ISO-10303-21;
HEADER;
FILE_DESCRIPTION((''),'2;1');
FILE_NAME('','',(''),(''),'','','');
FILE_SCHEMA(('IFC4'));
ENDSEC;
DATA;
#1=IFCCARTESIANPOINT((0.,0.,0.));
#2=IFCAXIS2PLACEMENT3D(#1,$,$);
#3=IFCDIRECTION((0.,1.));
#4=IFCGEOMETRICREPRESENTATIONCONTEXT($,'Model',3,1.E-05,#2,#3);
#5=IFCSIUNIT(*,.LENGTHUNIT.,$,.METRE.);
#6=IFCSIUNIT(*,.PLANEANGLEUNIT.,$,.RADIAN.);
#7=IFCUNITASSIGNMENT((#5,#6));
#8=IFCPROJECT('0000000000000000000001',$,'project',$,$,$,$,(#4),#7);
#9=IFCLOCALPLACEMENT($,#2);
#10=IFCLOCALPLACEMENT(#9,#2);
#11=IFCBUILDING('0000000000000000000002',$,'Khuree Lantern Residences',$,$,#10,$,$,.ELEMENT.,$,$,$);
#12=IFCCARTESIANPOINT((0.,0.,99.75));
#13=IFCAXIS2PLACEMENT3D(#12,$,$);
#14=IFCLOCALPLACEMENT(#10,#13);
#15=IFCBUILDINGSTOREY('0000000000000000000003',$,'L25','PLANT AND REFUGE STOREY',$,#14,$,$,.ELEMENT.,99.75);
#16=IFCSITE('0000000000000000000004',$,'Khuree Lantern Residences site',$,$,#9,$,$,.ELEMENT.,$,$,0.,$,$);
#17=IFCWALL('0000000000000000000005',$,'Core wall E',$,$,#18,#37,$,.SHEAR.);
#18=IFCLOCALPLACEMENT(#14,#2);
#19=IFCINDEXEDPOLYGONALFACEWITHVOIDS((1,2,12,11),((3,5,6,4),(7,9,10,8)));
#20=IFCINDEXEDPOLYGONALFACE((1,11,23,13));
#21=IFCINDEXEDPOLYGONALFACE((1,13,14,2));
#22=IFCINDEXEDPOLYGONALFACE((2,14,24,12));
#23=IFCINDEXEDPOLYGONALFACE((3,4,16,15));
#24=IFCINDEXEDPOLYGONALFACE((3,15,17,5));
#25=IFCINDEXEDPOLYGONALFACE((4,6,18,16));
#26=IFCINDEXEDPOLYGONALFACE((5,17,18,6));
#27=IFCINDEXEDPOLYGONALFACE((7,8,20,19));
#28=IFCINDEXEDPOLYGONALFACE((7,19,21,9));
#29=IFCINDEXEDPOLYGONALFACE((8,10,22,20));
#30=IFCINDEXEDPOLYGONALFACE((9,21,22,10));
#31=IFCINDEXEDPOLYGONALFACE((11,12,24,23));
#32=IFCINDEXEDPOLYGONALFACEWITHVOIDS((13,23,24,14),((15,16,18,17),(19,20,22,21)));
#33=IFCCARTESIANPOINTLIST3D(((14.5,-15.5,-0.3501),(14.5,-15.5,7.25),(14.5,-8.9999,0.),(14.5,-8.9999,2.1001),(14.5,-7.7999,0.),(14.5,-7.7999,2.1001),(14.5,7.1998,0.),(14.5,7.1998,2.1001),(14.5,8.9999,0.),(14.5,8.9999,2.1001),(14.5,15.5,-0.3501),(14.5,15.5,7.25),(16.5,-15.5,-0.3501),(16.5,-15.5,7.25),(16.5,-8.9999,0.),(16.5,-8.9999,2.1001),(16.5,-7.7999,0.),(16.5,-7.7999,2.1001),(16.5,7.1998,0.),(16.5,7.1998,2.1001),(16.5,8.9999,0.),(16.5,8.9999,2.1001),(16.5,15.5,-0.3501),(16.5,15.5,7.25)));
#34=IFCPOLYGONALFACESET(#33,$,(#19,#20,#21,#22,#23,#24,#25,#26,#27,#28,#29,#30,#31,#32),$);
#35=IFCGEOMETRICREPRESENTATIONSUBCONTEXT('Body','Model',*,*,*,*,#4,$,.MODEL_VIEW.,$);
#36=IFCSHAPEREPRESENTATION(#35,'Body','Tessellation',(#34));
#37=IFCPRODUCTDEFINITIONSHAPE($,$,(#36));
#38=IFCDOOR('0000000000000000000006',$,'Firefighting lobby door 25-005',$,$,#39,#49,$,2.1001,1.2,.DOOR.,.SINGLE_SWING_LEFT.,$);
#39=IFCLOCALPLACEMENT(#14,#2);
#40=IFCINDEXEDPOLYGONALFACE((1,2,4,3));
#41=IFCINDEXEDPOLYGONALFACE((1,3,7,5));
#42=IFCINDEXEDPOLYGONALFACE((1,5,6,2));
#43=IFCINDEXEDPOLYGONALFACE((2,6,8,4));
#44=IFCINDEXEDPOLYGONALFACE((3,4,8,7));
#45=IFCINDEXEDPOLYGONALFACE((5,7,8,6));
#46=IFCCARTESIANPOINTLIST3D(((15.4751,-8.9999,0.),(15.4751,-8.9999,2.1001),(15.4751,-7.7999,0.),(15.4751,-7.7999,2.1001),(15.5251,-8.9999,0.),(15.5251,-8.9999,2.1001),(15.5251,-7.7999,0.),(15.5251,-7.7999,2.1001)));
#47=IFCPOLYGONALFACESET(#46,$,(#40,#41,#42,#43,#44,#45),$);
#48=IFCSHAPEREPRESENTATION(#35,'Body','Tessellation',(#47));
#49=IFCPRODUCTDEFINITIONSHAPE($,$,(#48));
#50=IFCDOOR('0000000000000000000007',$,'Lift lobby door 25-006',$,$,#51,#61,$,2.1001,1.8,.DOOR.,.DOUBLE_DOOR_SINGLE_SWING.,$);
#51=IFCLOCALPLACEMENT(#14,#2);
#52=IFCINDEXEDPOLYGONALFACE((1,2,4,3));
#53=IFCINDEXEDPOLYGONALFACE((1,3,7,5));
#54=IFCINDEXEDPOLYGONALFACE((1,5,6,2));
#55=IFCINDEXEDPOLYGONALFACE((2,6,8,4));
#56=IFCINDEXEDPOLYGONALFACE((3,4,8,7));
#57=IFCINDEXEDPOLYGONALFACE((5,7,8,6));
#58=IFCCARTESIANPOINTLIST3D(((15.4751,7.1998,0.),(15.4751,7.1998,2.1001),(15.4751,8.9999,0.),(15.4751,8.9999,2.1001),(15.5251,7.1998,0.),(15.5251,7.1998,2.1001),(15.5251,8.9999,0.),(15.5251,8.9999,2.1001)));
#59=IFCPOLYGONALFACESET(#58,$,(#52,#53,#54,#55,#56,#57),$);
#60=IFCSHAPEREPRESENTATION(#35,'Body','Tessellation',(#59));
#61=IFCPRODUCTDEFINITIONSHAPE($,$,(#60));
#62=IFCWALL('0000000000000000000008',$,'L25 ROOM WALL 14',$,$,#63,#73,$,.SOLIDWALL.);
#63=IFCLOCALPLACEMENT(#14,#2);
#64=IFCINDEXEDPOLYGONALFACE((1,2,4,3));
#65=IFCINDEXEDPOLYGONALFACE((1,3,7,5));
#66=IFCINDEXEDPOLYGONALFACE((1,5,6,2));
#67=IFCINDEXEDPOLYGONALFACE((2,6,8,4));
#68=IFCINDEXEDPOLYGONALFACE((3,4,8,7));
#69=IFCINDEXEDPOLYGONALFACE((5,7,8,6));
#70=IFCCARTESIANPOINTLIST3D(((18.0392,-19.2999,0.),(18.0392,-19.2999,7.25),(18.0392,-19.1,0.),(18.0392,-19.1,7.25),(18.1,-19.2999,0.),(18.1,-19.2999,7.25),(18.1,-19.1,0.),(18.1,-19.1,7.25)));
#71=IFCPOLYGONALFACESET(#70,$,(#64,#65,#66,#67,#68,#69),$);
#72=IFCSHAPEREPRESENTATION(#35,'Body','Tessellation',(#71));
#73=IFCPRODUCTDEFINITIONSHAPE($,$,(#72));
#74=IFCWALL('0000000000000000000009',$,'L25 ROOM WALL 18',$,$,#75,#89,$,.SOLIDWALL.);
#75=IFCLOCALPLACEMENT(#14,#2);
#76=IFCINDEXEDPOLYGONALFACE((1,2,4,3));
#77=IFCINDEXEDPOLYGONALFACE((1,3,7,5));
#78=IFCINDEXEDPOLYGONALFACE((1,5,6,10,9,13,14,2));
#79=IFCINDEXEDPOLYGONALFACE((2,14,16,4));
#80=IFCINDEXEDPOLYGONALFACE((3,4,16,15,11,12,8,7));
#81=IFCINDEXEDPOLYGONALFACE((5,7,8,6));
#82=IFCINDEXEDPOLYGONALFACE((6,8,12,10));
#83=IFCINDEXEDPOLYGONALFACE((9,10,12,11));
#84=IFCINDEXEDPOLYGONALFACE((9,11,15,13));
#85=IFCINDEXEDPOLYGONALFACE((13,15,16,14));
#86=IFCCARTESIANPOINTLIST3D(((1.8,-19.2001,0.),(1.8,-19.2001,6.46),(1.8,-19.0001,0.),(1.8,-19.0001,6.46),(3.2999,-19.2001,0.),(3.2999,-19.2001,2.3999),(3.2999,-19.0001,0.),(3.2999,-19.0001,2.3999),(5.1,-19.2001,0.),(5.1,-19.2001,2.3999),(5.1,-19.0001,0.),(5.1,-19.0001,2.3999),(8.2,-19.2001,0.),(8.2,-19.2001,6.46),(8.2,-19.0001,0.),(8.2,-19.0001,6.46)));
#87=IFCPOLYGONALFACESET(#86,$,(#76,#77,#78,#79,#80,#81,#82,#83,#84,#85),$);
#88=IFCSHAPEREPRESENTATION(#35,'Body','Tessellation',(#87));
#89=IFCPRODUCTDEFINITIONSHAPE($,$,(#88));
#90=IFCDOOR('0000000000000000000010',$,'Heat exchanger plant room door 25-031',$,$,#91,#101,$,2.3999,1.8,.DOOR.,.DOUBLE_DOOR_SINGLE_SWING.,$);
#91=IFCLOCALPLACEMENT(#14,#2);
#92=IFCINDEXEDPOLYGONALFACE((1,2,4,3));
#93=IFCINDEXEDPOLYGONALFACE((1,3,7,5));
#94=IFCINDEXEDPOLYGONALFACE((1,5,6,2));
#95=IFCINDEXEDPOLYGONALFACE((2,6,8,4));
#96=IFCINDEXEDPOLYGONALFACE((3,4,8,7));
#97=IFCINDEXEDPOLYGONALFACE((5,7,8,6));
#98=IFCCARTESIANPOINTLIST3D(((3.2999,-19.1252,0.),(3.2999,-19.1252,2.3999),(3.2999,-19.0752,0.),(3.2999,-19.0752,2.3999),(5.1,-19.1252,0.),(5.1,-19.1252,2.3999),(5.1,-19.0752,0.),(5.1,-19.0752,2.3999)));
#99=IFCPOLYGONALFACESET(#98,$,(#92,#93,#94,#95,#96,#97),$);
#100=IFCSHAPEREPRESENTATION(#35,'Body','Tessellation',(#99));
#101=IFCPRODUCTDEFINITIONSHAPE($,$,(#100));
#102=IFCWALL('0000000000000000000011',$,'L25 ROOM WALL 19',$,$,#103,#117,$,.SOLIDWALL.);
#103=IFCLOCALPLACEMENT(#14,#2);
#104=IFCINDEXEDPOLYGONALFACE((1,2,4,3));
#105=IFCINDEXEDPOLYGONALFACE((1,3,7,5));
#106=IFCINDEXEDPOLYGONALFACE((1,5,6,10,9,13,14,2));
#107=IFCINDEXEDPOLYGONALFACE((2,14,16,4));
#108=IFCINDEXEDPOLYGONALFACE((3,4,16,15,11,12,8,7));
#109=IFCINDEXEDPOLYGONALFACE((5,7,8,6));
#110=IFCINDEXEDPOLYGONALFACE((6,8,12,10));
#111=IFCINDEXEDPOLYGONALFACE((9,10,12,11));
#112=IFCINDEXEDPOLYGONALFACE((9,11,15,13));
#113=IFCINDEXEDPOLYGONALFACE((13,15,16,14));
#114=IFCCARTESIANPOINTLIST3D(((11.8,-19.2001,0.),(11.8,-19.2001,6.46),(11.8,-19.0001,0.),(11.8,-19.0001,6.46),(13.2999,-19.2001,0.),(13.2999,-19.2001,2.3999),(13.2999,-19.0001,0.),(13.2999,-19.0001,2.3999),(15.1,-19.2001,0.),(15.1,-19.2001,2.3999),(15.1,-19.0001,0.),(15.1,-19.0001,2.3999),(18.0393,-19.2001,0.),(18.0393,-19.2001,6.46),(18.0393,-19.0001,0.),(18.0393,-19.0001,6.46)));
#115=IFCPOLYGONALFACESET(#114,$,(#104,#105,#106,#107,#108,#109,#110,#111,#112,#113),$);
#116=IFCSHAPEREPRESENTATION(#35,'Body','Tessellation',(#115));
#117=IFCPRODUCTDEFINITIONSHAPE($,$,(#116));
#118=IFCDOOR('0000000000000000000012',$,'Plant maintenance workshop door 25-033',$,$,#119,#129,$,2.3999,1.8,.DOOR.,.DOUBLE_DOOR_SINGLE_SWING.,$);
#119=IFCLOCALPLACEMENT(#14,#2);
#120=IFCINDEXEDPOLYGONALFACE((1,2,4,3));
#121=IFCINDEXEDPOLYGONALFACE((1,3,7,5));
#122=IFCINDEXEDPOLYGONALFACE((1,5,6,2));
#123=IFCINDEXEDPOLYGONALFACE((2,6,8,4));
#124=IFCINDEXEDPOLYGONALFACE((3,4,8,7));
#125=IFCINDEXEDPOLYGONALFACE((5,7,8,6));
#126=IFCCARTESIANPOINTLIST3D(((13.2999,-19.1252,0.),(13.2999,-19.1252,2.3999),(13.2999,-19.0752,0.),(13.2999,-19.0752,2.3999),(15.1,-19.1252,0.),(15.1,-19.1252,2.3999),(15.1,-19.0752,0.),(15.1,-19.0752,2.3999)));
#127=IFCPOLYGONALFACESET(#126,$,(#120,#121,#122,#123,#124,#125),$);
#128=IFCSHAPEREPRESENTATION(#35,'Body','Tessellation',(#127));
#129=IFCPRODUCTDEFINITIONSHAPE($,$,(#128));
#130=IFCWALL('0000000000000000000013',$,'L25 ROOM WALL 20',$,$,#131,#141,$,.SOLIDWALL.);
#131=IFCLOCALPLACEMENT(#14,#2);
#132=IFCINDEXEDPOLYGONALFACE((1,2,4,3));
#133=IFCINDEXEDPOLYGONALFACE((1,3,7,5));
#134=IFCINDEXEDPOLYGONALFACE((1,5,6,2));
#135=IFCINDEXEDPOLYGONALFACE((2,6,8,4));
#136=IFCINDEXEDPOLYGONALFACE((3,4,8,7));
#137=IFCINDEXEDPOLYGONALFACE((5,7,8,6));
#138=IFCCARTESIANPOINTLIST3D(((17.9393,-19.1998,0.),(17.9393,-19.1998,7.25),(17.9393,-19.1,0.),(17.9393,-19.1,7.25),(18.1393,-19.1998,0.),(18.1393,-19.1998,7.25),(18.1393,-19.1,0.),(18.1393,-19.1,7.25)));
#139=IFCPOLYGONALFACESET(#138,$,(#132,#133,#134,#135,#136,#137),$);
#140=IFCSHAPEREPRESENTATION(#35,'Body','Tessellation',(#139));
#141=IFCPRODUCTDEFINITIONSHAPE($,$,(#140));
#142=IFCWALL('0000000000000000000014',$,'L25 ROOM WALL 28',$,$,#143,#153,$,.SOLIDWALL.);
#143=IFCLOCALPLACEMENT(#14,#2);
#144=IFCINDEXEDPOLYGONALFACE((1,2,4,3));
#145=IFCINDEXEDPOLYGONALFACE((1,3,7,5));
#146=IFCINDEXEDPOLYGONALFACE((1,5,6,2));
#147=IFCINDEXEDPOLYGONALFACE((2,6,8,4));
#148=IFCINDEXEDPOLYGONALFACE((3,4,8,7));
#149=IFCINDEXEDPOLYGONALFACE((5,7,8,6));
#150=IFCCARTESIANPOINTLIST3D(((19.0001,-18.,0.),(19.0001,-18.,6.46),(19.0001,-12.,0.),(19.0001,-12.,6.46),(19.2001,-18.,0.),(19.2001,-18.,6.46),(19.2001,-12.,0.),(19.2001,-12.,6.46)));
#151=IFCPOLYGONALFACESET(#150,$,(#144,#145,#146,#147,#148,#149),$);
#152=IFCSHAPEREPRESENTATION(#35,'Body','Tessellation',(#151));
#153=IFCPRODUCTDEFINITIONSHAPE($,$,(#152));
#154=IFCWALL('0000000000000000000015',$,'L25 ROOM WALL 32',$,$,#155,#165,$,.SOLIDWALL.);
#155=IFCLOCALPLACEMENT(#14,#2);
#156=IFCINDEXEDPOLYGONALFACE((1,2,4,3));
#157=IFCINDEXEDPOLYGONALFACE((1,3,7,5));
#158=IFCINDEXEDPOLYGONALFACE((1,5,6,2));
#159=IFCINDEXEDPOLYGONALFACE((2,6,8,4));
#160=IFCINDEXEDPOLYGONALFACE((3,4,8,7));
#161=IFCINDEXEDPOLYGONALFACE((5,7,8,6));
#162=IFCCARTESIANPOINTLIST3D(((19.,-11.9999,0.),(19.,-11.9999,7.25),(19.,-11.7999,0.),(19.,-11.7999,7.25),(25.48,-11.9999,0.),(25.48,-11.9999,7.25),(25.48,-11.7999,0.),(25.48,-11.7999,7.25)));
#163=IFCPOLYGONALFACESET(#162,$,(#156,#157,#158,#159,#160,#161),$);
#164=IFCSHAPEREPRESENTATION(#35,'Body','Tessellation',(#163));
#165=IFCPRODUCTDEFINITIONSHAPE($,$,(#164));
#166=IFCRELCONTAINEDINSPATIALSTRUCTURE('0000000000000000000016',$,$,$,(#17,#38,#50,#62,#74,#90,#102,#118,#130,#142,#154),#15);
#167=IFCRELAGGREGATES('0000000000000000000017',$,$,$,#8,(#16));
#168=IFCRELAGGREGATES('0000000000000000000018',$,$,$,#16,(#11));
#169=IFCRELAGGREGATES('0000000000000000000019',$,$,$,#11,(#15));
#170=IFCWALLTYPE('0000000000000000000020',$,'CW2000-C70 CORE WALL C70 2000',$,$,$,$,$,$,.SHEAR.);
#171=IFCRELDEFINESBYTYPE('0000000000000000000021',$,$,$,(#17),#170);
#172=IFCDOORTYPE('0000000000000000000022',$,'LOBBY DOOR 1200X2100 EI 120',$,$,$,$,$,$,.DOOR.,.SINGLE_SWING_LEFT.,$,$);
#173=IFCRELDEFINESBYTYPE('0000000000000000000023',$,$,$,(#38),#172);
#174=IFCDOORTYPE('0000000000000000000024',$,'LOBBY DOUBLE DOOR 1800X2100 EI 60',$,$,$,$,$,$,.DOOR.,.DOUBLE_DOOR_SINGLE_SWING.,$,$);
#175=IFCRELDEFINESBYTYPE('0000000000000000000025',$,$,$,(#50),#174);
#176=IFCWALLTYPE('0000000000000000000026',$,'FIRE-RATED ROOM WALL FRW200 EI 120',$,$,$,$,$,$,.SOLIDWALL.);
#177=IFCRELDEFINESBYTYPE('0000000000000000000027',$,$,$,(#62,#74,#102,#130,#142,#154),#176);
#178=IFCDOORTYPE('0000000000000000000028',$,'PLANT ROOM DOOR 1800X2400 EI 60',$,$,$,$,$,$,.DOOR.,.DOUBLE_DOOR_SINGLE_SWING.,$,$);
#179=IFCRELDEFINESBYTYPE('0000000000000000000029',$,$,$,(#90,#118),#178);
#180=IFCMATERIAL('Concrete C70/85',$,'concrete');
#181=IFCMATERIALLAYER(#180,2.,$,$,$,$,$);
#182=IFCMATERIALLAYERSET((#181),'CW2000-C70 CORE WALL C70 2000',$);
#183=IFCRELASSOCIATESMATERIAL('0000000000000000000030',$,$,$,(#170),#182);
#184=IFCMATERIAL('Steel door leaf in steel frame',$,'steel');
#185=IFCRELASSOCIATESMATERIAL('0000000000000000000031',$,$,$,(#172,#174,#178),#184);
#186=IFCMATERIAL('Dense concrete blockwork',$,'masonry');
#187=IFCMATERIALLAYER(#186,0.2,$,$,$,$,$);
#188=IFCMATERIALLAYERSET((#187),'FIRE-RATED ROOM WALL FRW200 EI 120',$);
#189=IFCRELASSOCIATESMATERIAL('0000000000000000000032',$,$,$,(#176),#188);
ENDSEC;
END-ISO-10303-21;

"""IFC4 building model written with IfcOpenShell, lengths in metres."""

from ifc_helpers import new_model, si_unit, direction, frame, frame_2d, origin, place, context, subcontext, project, spatial, rectangle, extrude, material, layer, layer_set, type_object, element, fill, save


model = new_model("IFC4")

# Units and contexts
model_context = context("Model", 3, precision=1e-05, world=origin(), true_north=direction((0.0, 1.0)))
body_context = subcontext(model_context, "Body", "Model", "MODEL_VIEW")
ifc_project = project(units=[si_unit("LENGTHUNIT", "METRE"), si_unit("PLANEANGLEUNIT", "RADIAN")], contexts=[model_context])

# Site, building, storey
site_placement = place(None, origin())
site = spatial("IfcSite", under=ifc_project, at=site_placement, Name="Khuree Lantern Residences site", CompositionType="ELEMENT", RefElevation=0.0)
building_placement = place(site_placement, origin())
building = spatial("IfcBuilding", under=site, at=building_placement, Name="Khuree Lantern Residences", CompositionType="ELEMENT")
storey_placement = place(building_placement, frame((0.0, 0.0, 99.75)))
storey = spatial("IfcBuildingStorey", under=building, at=storey_placement, Name="L25", Description="PLANT AND REFUGE STOREY", CompositionType="ELEMENT", Elevation=99.75)

# Shared definitions
ifc_material_1 = material(Name="Concrete C70/85", Category="concrete")

# Shared definitions
ifc_material_2 = material(Name="Dense concrete blockwork", Category="masonry")

# Wall, openings, doors
ifc_layer_1 = layer(ifc_material_1, 2.0)
ifc_layer_set_1 = layer_set([ifc_layer_1], Name="CW2000-C70 CORE WALL C70 2000")
wall_type_1 = type_object("IfcWallType", Name="CW2000-C70 CORE WALL C70 2000", PredefinedType="SHEAR", material=ifc_layer_set_1)
wall_1_placement = place(storey_placement, frame((15.5, -15.5, -0.3501), z_axis=(0.0, 0.0, 1.0), x_axis=(0.0, 1.0, 0.0)))
wall_1 = element("IfcWall", 1, at=wall_1_placement, inside=storey, type_object=wall_type_1, Name="Core wall E", PredefinedType="SHEAR", context=body_context, shape_type="SweptSolid", body=[
    extrude(rectangle(XDim=31.0, YDim=2.0, at=frame_2d((15.5, 0.0))), origin(), (0.0, 0.0, 1.0), 7.6001),
])
opening_1_placement = place(wall_1_placement, frame((6.5, 0.0, 0.3501)))
opening_1 = element("IfcOpeningElement", 2, at=opening_1_placement, cuts=wall_1, PredefinedType="OPENING", context=body_context, shape_type="SweptSolid", body=[
    extrude(rectangle(XDim=1.2, YDim=2.1001, at=frame_2d((0.6001, 1.05))), frame((0.0, 1.01, 0.0), z_axis=(0.0, -1.0, 0.0), x_axis=(1.0, 0.0, 0.0)), (0.0, 0.0, 1.0), 2.02),
])
opening_2_placement = place(wall_1_placement, frame((22.7, 0.0, 0.3501)))
opening_2 = element("IfcOpeningElement", 3, at=opening_2_placement, cuts=wall_1, PredefinedType="OPENING", context=body_context, shape_type="SweptSolid", body=[
    extrude(rectangle(XDim=1.8, YDim=2.1001, at=frame_2d((0.8999, 1.05))), frame((0.0, 1.01, 0.0), z_axis=(0.0, -1.0, 0.0), x_axis=(1.0, 0.0, 0.0)), (0.0, 0.0, 1.0), 2.02),
])
ifc_material_3 = material(Name="Steel door leaf in steel frame", Category="steel")
door_type_1 = type_object("IfcDoorType", Name="LOBBY DOOR 1200X2100 EI 120", OperationType="SINGLE_SWING_LEFT", PredefinedType="DOOR", material=ifc_material_3)
door_1_placement = place(opening_1_placement, origin())
door_1 = element("IfcDoor", 4, at=door_1_placement, inside=storey, type_object=door_type_1, Name="Firefighting lobby door 25-005", OperationType="SINGLE_SWING_LEFT", OverallHeight=2.1001, OverallWidth=1.2, PredefinedType="DOOR", context=body_context, shape_type="SweptSolid", body=[
    extrude(rectangle(XDim=1.2, YDim=2.1001, at=frame_2d((0.6001, 1.05))), frame((0.0, 0.0249, 0.0), z_axis=(0.0, -1.0, 0.0), x_axis=(1.0, 0.0, 0.0)), (0.0, 0.0, 1.0), 0.05),
])
fill(opening_1, door_1)
door_type_2 = type_object("IfcDoorType", Name="LOBBY DOUBLE DOOR 1800X2100 EI 60", OperationType="DOUBLE_DOOR_SINGLE_SWING", PredefinedType="DOOR", material=ifc_material_3)
door_2_placement = place(opening_2_placement, origin())
door_2 = element("IfcDoor", 5, at=door_2_placement, inside=storey, type_object=door_type_2, Name="Lift lobby door 25-006", OperationType="DOUBLE_DOOR_SINGLE_SWING", OverallHeight=2.1001, OverallWidth=1.8, PredefinedType="DOOR", context=body_context, shape_type="SweptSolid", body=[
    extrude(rectangle(XDim=1.8, YDim=2.1001, at=frame_2d((0.8999, 1.05))), frame((0.0, 0.0249, 0.0), z_axis=(0.0, -1.0, 0.0), x_axis=(1.0, 0.0, 0.0)), (0.0, 0.0, 1.0), 0.05),
])
fill(opening_2, door_2)

# Wall
ifc_layer_2 = layer(ifc_material_2, 0.2)
ifc_layer_set_2 = layer_set([ifc_layer_2], Name="FIRE-RATED ROOM WALL FRW200 EI 120")
wall_type_2 = type_object("IfcWallType", Name="FIRE-RATED ROOM WALL FRW200 EI 120", PredefinedType="SOLIDWALL", material=ifc_layer_set_2)
wall_2_placement = place(storey_placement, frame((18.0393, -19.2, 0.0), z_axis=(0.0, 0.0, 1.0), x_axis=(1.0, 0.0, 0.0)))
element("IfcWall", 6, at=wall_2_placement, inside=storey, type_object=wall_type_2, Name="L25 ROOM WALL 14", PredefinedType="SOLIDWALL", context=body_context, shape_type="SweptSolid", body=[
    extrude(rectangle(XDim=0.0608, YDim=0.2, at=frame_2d((0.0303, 0.0))), origin(), (0.0, 0.0, 1.0), 7.25),
])

# Walls, openings, doors
wall_3_placement = place(storey_placement, frame((1.8, -19.1001, 0.0), z_axis=(0.0, 0.0, 1.0), x_axis=(1.0, 0.0, 0.0)))
wall_3 = element("IfcWall", 7, at=wall_3_placement, inside=storey, type_object=wall_type_2, Name="L25 ROOM WALL 18", PredefinedType="SOLIDWALL", context=body_context, shape_type="SweptSolid", body=[
    extrude(rectangle(XDim=6.3999, YDim=0.2, at=frame_2d((3.2, 0.0))), origin(), (0.0, 0.0, 1.0), 6.46),
])
opening_3_placement = place(wall_3_placement, frame((1.5, 0.0, 0.0)))
opening_3 = element("IfcOpeningElement", 8, at=opening_3_placement, cuts=wall_3, PredefinedType="OPENING", context=body_context, shape_type="SweptSolid", body=[
    extrude(rectangle(XDim=1.8, YDim=2.3999, at=frame_2d((0.8999, 1.2))), frame((0.0, 0.1099, 0.0), z_axis=(0.0, -1.0, 0.0), x_axis=(1.0, 0.0, 0.0)), (0.0, 0.0, 1.0), 0.22),
])
door_type_3 = type_object("IfcDoorType", Name="PLANT ROOM DOOR 1800X2400 EI 60", OperationType="DOUBLE_DOOR_SINGLE_SWING", PredefinedType="DOOR", material=ifc_material_3)
door_3_placement = place(opening_3_placement, origin())
door_3 = element("IfcDoor", 9, at=door_3_placement, inside=storey, type_object=door_type_3, Name="Heat exchanger plant room door 25-031", OperationType="DOUBLE_DOOR_SINGLE_SWING", OverallHeight=2.3999, OverallWidth=1.8, PredefinedType="DOOR", context=body_context, shape_type="SweptSolid", body=[
    extrude(rectangle(XDim=1.8, YDim=2.3999, at=frame_2d((0.8999, 1.2))), frame((0.0, 0.0249, 0.0), z_axis=(0.0, -1.0, 0.0), x_axis=(1.0, 0.0, 0.0)), (0.0, 0.0, 1.0), 0.05),
])
fill(opening_3, door_3)
wall_4_placement = place(storey_placement, frame((11.8, -19.1001, 0.0), z_axis=(0.0, 0.0, 1.0), x_axis=(1.0, 0.0, 0.0)))
wall_4 = element("IfcWall", 10, at=wall_4_placement, inside=storey, type_object=wall_type_2, Name="L25 ROOM WALL 19", PredefinedType="SOLIDWALL", context=body_context, shape_type="SweptSolid", body=[
    extrude(rectangle(XDim=6.2393, YDim=0.2, at=frame_2d((3.1196, 0.0))), origin(), (0.0, 0.0, 1.0), 6.46),
])
opening_4_placement = place(wall_4_placement, frame((1.5, 0.0, 0.0)))
opening_4 = element("IfcOpeningElement", 11, at=opening_4_placement, cuts=wall_4, PredefinedType="OPENING", context=body_context, shape_type="SweptSolid", body=[
    extrude(rectangle(XDim=1.8, YDim=2.3999, at=frame_2d((0.8999, 1.2))), frame((0.0, 0.1099, 0.0), z_axis=(0.0, -1.0, 0.0), x_axis=(1.0, 0.0, 0.0)), (0.0, 0.0, 1.0), 0.22),
])
door_4_placement = place(opening_4_placement, origin())
door_4 = element("IfcDoor", 12, at=door_4_placement, inside=storey, type_object=door_type_3, Name="Plant maintenance workshop door 25-033", OperationType="DOUBLE_DOOR_SINGLE_SWING", OverallHeight=2.3999, OverallWidth=1.8, PredefinedType="DOOR", context=body_context, shape_type="SweptSolid", body=[
    extrude(rectangle(XDim=1.8, YDim=2.3999, at=frame_2d((0.8999, 1.2))), frame((0.0, 0.0249, 0.0), z_axis=(0.0, -1.0, 0.0), x_axis=(1.0, 0.0, 0.0)), (0.0, 0.0, 1.0), 0.05),
])
fill(opening_4, door_4)

# Walls
wall_5_placement = place(storey_placement, frame((18.0393, -19.1001, 0.0), z_axis=(0.0, 0.0, 1.0), x_axis=(0.0, -1.0, 0.0)))
element("IfcWall", 13, at=wall_5_placement, inside=storey, type_object=wall_type_2, Name="L25 ROOM WALL 20", PredefinedType="SOLIDWALL", context=body_context, shape_type="SweptSolid", body=[
    extrude(rectangle(XDim=0.0999, YDim=0.2, at=frame_2d((0.0498, 0.0))), origin(), (0.0, 0.0, 1.0), 7.25),
])
wall_6_placement = place(storey_placement, frame((19.1001, -18.0, 0.0), z_axis=(0.0, 0.0, 1.0), x_axis=(0.0, 1.0, 0.0)))
element("IfcWall", 14, at=wall_6_placement, inside=storey, type_object=wall_type_2, Name="L25 ROOM WALL 28", PredefinedType="SOLIDWALL", context=body_context, shape_type="SweptSolid", body=[
    extrude(rectangle(XDim=6.0, YDim=0.2, at=frame_2d((3.0, 0.0))), origin(), (0.0, 0.0, 1.0), 6.46),
])
wall_7_placement = place(storey_placement, frame((19.0, -11.8999, 0.0), z_axis=(0.0, 0.0, 1.0), x_axis=(1.0, 0.0, 0.0)))
element("IfcWall", 15, at=wall_7_placement, inside=storey, type_object=wall_type_2, Name="L25 ROOM WALL 32", PredefinedType="SOLIDWALL", context=body_context, shape_type="SweptSolid", body=[
    extrude(rectangle(XDim=6.48, YDim=0.2, at=frame_2d((3.24, 0.0))), origin(), (0.0, 0.0, 1.0), 7.25),
])

save(model, "model.ifc")
